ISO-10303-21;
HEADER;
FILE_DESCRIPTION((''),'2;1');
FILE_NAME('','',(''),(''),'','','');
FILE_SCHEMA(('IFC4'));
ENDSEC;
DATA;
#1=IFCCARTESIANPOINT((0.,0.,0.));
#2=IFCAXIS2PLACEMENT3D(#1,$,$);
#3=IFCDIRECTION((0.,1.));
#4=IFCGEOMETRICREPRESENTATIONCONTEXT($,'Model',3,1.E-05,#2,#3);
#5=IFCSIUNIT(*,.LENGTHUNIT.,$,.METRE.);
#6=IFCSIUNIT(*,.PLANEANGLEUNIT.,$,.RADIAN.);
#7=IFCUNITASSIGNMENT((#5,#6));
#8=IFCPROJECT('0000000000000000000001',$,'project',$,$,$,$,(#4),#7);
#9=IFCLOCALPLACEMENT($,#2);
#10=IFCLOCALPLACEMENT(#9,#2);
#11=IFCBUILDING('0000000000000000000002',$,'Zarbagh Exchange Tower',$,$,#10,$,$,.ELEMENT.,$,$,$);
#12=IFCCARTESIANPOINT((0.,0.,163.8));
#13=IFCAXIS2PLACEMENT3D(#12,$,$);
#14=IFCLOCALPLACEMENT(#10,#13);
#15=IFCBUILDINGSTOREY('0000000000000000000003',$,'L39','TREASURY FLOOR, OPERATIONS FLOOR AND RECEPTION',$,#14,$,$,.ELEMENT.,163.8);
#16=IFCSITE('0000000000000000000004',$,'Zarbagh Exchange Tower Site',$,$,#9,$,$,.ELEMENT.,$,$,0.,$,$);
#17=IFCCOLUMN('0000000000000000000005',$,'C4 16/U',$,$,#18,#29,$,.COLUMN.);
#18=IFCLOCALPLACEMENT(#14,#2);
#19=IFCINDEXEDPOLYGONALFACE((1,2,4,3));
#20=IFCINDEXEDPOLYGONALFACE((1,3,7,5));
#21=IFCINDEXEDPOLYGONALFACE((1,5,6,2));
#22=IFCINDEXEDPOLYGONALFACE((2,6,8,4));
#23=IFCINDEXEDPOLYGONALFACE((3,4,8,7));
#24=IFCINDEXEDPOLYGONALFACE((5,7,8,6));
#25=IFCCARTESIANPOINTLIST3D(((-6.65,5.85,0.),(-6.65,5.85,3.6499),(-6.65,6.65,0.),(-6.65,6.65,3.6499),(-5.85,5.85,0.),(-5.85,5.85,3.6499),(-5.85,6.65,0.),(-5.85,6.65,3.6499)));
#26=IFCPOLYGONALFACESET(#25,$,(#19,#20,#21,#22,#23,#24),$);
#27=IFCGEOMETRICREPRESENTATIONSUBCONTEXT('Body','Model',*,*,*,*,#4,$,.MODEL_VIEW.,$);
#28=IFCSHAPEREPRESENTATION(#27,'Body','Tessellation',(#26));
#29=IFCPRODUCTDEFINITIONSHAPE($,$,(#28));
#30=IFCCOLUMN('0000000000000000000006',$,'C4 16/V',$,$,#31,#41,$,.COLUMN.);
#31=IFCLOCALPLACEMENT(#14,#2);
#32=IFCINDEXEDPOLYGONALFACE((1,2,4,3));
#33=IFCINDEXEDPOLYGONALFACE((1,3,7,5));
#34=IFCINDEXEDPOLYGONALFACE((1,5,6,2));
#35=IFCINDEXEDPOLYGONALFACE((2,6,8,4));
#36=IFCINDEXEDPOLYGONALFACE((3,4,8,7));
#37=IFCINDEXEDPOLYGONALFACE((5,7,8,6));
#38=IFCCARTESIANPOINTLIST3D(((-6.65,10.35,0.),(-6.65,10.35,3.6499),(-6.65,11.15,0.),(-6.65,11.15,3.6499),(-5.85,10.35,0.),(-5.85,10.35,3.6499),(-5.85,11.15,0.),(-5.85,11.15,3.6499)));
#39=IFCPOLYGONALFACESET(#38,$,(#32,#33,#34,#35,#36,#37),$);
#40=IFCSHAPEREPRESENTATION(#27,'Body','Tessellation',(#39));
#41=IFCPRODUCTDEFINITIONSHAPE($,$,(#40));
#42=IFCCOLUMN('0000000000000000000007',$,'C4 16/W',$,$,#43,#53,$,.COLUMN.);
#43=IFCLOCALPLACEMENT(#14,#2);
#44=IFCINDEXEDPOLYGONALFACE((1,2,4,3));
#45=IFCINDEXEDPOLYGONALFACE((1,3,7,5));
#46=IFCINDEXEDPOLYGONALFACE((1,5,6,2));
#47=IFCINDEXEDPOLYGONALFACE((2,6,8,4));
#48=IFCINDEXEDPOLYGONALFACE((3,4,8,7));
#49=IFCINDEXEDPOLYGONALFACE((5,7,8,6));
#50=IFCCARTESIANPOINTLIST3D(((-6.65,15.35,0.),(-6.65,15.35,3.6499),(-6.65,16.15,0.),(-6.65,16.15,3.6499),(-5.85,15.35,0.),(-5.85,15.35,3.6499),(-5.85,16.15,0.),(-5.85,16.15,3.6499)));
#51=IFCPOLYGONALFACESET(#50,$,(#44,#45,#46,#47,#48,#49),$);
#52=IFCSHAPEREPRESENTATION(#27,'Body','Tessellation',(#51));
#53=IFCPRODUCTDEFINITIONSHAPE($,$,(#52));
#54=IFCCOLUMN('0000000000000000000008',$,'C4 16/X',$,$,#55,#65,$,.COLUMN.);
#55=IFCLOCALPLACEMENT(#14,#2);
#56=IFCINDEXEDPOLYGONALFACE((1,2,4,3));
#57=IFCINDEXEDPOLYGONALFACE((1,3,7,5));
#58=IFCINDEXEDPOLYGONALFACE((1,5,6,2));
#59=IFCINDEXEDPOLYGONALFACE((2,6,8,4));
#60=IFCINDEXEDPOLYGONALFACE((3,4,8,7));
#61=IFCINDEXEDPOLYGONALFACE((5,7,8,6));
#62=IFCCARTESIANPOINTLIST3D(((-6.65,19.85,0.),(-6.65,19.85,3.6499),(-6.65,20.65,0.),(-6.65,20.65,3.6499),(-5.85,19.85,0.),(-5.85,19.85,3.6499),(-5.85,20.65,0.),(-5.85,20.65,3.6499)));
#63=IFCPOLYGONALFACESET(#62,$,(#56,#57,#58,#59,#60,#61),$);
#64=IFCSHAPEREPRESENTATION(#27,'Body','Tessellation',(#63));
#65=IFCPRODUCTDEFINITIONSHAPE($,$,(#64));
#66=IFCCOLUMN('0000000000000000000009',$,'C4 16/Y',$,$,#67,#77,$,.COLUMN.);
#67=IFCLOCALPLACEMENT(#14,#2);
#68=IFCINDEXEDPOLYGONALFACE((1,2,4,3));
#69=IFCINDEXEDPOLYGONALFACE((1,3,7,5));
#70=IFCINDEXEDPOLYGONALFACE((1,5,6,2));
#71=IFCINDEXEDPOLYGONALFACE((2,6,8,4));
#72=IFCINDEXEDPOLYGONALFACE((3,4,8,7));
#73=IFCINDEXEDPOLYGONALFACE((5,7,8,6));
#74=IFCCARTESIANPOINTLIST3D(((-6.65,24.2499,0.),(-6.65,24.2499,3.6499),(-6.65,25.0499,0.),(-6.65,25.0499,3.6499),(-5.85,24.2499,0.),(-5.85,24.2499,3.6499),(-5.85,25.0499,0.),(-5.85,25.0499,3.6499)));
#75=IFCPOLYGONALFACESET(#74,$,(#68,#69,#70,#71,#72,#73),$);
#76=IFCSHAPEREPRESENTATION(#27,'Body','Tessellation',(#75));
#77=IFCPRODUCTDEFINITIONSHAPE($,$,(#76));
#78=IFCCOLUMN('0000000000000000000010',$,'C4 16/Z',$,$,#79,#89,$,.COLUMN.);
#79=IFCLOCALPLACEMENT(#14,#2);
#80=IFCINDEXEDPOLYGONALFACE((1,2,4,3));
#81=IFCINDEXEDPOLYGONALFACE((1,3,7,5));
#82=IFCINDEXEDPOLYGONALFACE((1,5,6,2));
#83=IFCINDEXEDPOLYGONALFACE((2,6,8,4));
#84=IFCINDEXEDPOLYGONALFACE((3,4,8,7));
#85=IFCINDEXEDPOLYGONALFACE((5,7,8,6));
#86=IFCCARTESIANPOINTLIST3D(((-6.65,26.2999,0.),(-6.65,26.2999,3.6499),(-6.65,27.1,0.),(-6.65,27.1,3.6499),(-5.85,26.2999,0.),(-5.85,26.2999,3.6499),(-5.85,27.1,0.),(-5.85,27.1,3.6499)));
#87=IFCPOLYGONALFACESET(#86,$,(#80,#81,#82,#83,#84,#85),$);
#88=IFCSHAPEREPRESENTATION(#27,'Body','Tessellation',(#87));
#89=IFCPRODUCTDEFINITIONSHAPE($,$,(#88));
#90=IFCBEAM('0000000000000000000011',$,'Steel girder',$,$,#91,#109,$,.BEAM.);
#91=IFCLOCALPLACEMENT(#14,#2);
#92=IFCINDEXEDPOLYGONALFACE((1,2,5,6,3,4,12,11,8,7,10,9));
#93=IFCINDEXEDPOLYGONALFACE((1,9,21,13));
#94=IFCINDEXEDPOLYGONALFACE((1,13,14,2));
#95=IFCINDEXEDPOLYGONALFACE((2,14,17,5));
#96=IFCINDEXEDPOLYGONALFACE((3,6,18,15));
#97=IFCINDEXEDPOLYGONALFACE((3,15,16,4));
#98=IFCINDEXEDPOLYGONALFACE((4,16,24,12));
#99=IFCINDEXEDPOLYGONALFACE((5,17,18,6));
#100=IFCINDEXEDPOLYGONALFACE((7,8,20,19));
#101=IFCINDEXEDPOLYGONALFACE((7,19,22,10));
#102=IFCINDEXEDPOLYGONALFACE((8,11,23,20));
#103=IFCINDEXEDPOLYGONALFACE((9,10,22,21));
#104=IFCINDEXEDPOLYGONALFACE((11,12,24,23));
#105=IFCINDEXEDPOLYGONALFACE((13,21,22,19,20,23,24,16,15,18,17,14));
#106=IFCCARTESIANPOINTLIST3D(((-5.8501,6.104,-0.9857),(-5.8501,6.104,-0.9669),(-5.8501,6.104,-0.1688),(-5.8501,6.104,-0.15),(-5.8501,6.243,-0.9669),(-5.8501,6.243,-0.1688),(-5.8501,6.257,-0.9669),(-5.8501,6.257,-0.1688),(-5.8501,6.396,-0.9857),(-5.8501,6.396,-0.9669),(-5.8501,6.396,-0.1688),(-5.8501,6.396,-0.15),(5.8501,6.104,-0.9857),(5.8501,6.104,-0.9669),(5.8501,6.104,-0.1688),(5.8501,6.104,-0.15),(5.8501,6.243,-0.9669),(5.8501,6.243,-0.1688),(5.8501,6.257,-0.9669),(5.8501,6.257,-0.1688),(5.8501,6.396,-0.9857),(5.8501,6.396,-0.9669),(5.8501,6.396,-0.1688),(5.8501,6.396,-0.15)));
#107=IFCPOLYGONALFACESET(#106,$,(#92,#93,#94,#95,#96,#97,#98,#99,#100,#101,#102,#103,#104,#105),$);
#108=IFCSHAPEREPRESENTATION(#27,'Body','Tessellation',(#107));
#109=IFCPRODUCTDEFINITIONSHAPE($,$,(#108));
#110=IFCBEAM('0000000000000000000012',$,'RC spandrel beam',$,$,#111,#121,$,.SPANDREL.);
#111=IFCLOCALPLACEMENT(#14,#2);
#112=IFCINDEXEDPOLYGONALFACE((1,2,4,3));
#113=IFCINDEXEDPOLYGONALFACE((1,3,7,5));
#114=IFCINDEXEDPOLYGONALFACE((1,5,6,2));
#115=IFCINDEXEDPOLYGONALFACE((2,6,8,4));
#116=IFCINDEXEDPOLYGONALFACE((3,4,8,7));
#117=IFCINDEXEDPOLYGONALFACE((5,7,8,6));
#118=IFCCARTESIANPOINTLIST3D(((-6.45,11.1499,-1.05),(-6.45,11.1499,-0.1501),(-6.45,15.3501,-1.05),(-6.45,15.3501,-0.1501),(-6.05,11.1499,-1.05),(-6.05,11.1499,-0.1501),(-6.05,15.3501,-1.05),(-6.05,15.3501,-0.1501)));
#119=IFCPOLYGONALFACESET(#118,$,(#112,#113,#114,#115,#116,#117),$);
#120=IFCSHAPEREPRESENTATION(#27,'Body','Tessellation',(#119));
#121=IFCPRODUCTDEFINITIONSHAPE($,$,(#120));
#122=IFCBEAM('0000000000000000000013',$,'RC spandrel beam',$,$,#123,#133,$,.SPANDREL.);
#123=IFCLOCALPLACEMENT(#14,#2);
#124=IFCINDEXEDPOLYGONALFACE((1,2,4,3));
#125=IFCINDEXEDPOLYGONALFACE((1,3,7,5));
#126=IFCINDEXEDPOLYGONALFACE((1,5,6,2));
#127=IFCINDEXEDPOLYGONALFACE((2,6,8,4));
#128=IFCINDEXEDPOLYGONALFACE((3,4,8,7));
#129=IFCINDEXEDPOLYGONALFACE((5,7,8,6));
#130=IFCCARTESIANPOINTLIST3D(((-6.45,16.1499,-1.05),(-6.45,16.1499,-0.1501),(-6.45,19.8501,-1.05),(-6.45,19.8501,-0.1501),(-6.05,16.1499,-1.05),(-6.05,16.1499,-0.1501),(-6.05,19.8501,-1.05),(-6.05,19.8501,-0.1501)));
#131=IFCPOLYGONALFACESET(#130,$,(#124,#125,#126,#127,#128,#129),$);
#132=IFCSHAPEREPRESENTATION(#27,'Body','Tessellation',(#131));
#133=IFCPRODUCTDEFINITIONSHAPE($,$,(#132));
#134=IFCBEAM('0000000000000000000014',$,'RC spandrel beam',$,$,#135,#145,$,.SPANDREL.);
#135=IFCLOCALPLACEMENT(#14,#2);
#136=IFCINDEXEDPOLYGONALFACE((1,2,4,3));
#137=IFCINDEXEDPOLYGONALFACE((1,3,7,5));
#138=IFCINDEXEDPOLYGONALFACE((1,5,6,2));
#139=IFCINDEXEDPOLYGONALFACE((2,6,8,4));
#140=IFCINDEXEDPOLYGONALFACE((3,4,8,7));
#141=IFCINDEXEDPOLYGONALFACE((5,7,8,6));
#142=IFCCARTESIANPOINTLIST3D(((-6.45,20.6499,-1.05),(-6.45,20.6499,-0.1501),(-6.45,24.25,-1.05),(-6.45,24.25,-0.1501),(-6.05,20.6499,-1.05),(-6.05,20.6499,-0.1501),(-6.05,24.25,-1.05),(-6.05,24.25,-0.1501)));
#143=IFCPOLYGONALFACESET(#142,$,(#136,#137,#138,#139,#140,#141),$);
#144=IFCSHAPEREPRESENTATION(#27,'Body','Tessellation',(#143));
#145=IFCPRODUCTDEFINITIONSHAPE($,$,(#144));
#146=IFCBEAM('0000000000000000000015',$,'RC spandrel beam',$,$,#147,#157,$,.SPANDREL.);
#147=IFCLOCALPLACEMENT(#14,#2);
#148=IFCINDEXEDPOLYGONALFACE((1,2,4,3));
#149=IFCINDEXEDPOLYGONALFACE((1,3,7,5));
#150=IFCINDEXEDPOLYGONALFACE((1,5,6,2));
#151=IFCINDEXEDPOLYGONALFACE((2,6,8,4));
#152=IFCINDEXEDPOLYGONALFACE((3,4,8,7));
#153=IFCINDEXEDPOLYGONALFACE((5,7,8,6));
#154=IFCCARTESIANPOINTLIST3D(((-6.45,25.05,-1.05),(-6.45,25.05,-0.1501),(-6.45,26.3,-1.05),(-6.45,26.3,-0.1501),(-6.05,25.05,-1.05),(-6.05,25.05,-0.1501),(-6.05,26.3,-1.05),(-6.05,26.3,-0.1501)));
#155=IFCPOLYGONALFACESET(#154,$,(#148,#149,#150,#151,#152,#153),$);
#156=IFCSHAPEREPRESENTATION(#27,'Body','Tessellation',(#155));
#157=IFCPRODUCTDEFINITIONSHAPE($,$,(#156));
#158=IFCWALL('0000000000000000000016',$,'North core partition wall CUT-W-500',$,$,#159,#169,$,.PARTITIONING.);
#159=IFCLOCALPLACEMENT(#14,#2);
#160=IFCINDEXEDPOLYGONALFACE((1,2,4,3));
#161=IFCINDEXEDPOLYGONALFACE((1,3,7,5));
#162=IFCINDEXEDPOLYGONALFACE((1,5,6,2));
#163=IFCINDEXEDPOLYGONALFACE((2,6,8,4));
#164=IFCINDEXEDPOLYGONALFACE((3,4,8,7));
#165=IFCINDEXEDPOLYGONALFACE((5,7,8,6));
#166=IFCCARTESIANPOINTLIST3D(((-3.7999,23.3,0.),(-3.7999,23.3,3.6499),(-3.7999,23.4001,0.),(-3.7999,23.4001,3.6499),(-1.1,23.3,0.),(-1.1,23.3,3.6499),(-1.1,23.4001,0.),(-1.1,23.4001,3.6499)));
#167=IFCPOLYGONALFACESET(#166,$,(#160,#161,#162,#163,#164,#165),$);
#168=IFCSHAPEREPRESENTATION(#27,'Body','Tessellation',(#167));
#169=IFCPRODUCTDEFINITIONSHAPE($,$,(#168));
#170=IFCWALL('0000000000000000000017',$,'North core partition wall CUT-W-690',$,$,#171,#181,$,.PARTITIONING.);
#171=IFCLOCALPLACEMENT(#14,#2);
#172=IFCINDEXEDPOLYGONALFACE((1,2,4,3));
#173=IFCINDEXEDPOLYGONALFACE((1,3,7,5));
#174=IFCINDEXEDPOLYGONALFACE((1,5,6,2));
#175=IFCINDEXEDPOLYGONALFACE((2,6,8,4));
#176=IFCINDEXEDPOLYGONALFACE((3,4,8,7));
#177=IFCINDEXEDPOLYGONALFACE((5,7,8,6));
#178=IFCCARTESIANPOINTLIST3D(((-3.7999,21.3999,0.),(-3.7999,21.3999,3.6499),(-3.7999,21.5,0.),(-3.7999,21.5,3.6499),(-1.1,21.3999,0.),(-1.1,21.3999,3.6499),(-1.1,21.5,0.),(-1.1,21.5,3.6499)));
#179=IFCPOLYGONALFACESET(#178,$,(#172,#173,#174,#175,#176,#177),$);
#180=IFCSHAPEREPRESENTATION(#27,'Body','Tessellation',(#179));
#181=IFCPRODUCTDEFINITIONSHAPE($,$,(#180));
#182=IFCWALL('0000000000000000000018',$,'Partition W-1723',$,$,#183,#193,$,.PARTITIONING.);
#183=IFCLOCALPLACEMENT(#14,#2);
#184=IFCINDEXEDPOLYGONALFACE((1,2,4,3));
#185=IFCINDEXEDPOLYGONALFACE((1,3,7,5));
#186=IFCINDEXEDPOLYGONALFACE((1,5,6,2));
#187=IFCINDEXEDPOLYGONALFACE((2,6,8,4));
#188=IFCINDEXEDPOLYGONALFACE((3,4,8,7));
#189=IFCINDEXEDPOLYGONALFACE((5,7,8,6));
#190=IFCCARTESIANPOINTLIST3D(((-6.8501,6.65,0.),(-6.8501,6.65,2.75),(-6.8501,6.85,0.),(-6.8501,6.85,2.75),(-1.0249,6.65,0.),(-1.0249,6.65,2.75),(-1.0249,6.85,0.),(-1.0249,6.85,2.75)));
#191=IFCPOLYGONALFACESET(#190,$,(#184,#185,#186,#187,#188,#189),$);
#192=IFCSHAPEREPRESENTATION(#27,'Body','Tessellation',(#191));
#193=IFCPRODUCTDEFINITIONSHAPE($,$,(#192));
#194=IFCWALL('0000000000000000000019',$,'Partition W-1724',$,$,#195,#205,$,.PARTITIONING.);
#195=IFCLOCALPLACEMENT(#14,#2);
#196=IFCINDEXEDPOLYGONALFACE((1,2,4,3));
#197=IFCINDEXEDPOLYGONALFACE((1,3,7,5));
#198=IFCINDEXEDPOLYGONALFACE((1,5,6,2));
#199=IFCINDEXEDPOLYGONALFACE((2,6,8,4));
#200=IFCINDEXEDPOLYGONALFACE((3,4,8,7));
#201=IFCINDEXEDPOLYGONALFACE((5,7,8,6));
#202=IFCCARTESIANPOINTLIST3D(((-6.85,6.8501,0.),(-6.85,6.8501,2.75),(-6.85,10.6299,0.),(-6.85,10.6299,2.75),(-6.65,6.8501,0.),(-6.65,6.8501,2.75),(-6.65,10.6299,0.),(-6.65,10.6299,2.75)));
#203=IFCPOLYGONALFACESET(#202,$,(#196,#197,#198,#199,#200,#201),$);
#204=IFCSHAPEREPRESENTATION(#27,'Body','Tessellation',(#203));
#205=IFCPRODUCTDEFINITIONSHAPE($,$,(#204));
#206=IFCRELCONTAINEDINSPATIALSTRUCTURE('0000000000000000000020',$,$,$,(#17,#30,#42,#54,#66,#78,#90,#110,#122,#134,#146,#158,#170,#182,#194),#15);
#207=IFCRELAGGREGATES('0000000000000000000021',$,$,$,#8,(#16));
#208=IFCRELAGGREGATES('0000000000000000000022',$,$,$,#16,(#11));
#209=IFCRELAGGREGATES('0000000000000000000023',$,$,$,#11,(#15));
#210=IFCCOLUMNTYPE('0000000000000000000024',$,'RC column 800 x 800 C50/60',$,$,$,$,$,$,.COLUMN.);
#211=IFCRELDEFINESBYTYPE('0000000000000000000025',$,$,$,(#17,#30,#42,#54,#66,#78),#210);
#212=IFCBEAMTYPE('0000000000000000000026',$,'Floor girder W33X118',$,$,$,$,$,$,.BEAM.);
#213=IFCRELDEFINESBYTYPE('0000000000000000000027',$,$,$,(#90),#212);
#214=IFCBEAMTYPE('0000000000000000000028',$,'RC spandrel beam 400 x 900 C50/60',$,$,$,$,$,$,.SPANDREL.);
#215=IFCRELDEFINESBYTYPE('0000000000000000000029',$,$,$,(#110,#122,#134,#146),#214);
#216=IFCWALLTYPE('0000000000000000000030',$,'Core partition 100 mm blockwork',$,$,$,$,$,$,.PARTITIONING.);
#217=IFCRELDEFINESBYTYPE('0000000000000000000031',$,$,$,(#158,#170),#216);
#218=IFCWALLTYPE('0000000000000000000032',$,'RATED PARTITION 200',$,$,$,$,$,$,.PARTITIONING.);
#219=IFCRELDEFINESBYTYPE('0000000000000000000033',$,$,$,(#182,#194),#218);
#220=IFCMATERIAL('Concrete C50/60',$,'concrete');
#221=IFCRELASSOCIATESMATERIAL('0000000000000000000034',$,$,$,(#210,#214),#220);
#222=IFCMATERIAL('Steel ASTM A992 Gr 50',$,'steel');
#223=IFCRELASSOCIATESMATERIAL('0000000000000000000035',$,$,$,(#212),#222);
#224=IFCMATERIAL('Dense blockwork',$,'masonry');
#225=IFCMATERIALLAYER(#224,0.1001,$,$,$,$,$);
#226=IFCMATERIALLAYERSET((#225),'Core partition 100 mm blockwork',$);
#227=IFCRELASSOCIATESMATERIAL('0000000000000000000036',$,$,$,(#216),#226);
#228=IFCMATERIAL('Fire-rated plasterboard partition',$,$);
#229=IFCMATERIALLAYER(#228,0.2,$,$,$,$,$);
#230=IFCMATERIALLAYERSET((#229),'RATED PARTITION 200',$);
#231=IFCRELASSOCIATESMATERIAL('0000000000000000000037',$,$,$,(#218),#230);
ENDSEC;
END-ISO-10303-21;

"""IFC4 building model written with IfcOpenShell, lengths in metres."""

from ifc_helpers import new_model, si_unit, direction, frame, frame_2d, origin, origin_2d, place, context, subcontext, project, spatial, rectangle, i_section, extrude, material, layer, layer_set, material_profile, profile_set, type_object, element, save


model = new_model("IFC4")

# Units and contexts
model_context = context("Model", 3, precision=1e-05, world=origin(), true_north=direction((0.0, 1.0)))
body_context = subcontext(model_context, "Body", "Model", "MODEL_VIEW")
ifc_project = project(units=[si_unit("LENGTHUNIT", "METRE"), si_unit("PLANEANGLEUNIT", "RADIAN")], contexts=[model_context])

# Site, building, storey
site_placement = place(None, origin())
site = spatial("IfcSite", under=ifc_project, at=site_placement, Name="Zarbagh Exchange Tower Site", CompositionType="ELEMENT", RefElevation=0.0)
building_placement = place(site_placement, origin())
building = spatial("IfcBuilding", under=site, at=building_placement, Name="Zarbagh Exchange Tower", CompositionType="ELEMENT")
storey_placement = place(building_placement, frame((0.0, 0.0, 163.8)))
storey = spatial("IfcBuildingStorey", under=building, at=storey_placement, Name="L39", Description="TREASURY FLOOR, OPERATIONS FLOOR AND RECEPTION", CompositionType="ELEMENT", Elevation=163.8)

# Columns
ifc_material_1 = material(Name="Concrete C50/60", Category="concrete")
ifc_material_profile_1 = material_profile(ifc_material_1, rectangle(XDim=0.8, YDim=0.8, at=origin_2d()), Name="RC column 800 x 800 C50/60")
ifc_profile_set_1 = profile_set([ifc_material_profile_1], Name="Concrete C50/60")
column_type = type_object("IfcColumnType", Name="RC column 800 x 800 C50/60", PredefinedType="COLUMN", material=ifc_profile_set_1)
for number, where, z_axis, x_axis, name in (
    (1, (-6.25, 6.25, 0.0), (0.0, 0.0, 1.0), (1.0, 0.0, 0.0), "C4 16/U"),
    (2, (-6.25, 10.75, 0.0), (0.0, 0.0, 1.0), (1.0, 0.0, 0.0), "C4 16/V"),
    (3, (-6.25, 15.75, 0.0), (0.0, 0.0, 1.0), (1.0, 0.0, 0.0), "C4 16/W"),
    (4, (-6.25, 20.25, 0.0), (0.0, 0.0, 1.0), (1.0, 0.0, 0.0), "C4 16/X"),
    (5, (-6.25, 24.6499, 0.0), (0.0, 0.0, 1.0), (1.0, 0.0, 0.0), "C4 16/Y"),
    (6, (-6.25, 26.7, 0.0), (0.0, 0.0, 1.0), (1.0, 0.0, 0.0), "C4 16/Z"),
):
    element("IfcColumn", number, at=place(storey_placement, frame(where, z_axis=z_axis, x_axis=x_axis)), inside=storey, type_object=column_type, Name=name, PredefinedType="COLUMN", context=body_context, shape_type="SweptSolid", body=[
        extrude(rectangle(XDim=0.8, YDim=0.8, at=origin_2d()), origin(), (0.0, 0.0, 1.0), 3.6499),
    ])

# Beams
ifc_material_2 = material(Name="Steel ASTM A992 Gr 50", Category="steel")
ifc_material_profile_2 = material_profile(ifc_material_2, i_section(OverallWidth=0.292, OverallDepth=0.8357, WebThickness=0.0139, FlangeThickness=0.0188, at=origin_2d()), Name="W33X118")
ifc_profile_set_2 = profile_set([ifc_material_profile_2], Name="Steel ASTM A992 Gr 50")
beam_type_1 = type_object("IfcBeamType", Name="Floor girder W33X118", PredefinedType="BEAM", material=ifc_profile_set_2)
beam_1_placement = place(storey_placement, frame((-5.8501, 6.25, -0.5679), z_axis=(1.0, 0.0, 0.0), x_axis=(0.0, 1.0, 0.0)))
element("IfcBeam", 7, at=beam_1_placement, inside=storey, type_object=beam_type_1, Name="Steel girder", PredefinedType="BEAM", context=body_context, shape_type="SweptSolid", body=[
    extrude(i_section(OverallWidth=0.292, OverallDepth=0.8357, WebThickness=0.0139, FlangeThickness=0.0188, at=origin_2d()), origin(), (0.0, 0.0, 1.0), 11.7002),
])
ifc_material_profile_3 = material_profile(ifc_material_1, rectangle(XDim=0.3999, YDim=0.8999, at=origin_2d()), Name="RC spandrel beam 400 x 900 C50/60")
ifc_profile_set_3 = profile_set([ifc_material_profile_3], Name="Concrete C50/60")
beam_type_2 = type_object("IfcBeamType", Name="RC spandrel beam 400 x 900 C50/60", PredefinedType="SPANDREL", material=ifc_profile_set_3)
beam_2_placement = place(storey_placement, frame((-6.25, 11.1499, -0.6001), z_axis=(0.0, 1.0, 0.0), x_axis=(-1.0, 0.0, 0.0)))
element("IfcBeam", 8, at=beam_2_placement, inside=storey, type_object=beam_type_2, Name="RC spandrel beam", PredefinedType="SPANDREL", context=body_context, shape_type="SweptSolid", body=[
    extrude(rectangle(XDim=0.3999, YDim=0.8999, at=origin_2d()), origin(), (0.0, 0.0, 1.0), 4.2002),
])
beam_3_placement = place(storey_placement, frame((-6.25, 16.1499, -0.6001), z_axis=(0.0, 1.0, 0.0), x_axis=(-1.0, 0.0, 0.0)))
element("IfcBeam", 9, at=beam_3_placement, inside=storey, type_object=beam_type_2, Name="RC spandrel beam", PredefinedType="SPANDREL", context=body_context, shape_type="SweptSolid", body=[
    extrude(rectangle(XDim=0.3999, YDim=0.8999, at=origin_2d()), origin(), (0.0, 0.0, 1.0), 3.7002),
])
beam_4_placement = place(storey_placement, frame((-6.25, 20.6499, -0.6001), z_axis=(0.0, 1.0, 0.0), x_axis=(-1.0, 0.0, 0.0)))
element("IfcBeam", 10, at=beam_4_placement, inside=storey, type_object=beam_type_2, Name="RC spandrel beam", PredefinedType="SPANDREL", context=body_context, shape_type="SweptSolid", body=[
    extrude(rectangle(XDim=0.3999, YDim=0.8999, at=origin_2d()), origin(), (0.0, 0.0, 1.0), 3.6001),
])
beam_5_placement = place(storey_placement, frame((-6.25, 25.05, -0.6001), z_axis=(0.0, 1.0, 0.0), x_axis=(-1.0, 0.0, 0.0)))
element("IfcBeam", 11, at=beam_5_placement, inside=storey, type_object=beam_type_2, Name="RC spandrel beam", PredefinedType="SPANDREL", context=body_context, shape_type="SweptSolid", body=[
    extrude(rectangle(XDim=0.3999, YDim=0.8999, at=origin_2d()), origin(), (0.0, 0.0, 1.0), 1.25),
])

# Walls
ifc_material_3 = material(Name="Dense blockwork", Category="masonry")
ifc_layer_1 = layer(ifc_material_3, 0.1001)
ifc_layer_set_1 = layer_set([ifc_layer_1], Name="Core partition 100 mm blockwork")
wall_type_1 = type_object("IfcWallType", Name="Core partition 100 mm blockwork", PredefinedType="PARTITIONING", material=ifc_layer_set_1)
for number, where, z_axis, x_axis, name in (
    (12, (-3.8, 23.3501, 0.0), (0.0, 0.0, 1.0), (1.0, 0.0, 0.0), "North core partition wall CUT-W-500"),
    (13, (-3.8, 21.45, 0.0), (0.0, 0.0, 1.0), (1.0, 0.0, 0.0), "North core partition wall CUT-W-690"),
):
    element("IfcWall", number, at=place(storey_placement, frame(where, z_axis=z_axis, x_axis=x_axis)), inside=storey, type_object=wall_type_1, Name=name, PredefinedType="PARTITIONING", context=body_context, shape_type="SweptSolid", body=[
        extrude(rectangle(XDim=2.7, YDim=0.1001, at=frame_2d((1.3501, 0.0))), origin(), (0.0, 0.0, 1.0), 3.6499),
    ])
ifc_material_4 = material(Name="Fire-rated plasterboard partition")
ifc_layer_2 = layer(ifc_material_4, 0.2)
ifc_layer_set_2 = layer_set([ifc_layer_2], Name="RATED PARTITION 200")
wall_type_2 = type_object("IfcWallType", Name="RATED PARTITION 200", PredefinedType="PARTITIONING", material=ifc_layer_set_2)
wall_1_placement = place(storey_placement, frame((-6.8501, 6.75, 0.0), z_axis=(0.0, 0.0, 1.0), x_axis=(1.0, 0.0, 0.0)))
element("IfcWall", 14, at=wall_1_placement, inside=storey, type_object=wall_type_2, Name="Partition W-1723", PredefinedType="PARTITIONING", context=body_context, shape_type="SweptSolid", body=[
    extrude(rectangle(XDim=5.8252, YDim=0.2, at=frame_2d((2.9126, 0.0))), origin(), (0.0, 0.0, 1.0), 2.75),
])
wall_2_placement = place(storey_placement, frame((-6.75, 6.8501, 0.0), z_axis=(0.0, 0.0, 1.0), x_axis=(0.0, 1.0, 0.0)))
element("IfcWall", 15, at=wall_2_placement, inside=storey, type_object=wall_type_2, Name="Partition W-1724", PredefinedType="PARTITIONING", context=body_context, shape_type="SweptSolid", body=[
    extrude(rectangle(XDim=3.7798, YDim=0.2, at=frame_2d((1.8899, 0.0))), origin(), (0.0, 0.0, 1.0), 2.75),
])

save(model, "model.ifc")
